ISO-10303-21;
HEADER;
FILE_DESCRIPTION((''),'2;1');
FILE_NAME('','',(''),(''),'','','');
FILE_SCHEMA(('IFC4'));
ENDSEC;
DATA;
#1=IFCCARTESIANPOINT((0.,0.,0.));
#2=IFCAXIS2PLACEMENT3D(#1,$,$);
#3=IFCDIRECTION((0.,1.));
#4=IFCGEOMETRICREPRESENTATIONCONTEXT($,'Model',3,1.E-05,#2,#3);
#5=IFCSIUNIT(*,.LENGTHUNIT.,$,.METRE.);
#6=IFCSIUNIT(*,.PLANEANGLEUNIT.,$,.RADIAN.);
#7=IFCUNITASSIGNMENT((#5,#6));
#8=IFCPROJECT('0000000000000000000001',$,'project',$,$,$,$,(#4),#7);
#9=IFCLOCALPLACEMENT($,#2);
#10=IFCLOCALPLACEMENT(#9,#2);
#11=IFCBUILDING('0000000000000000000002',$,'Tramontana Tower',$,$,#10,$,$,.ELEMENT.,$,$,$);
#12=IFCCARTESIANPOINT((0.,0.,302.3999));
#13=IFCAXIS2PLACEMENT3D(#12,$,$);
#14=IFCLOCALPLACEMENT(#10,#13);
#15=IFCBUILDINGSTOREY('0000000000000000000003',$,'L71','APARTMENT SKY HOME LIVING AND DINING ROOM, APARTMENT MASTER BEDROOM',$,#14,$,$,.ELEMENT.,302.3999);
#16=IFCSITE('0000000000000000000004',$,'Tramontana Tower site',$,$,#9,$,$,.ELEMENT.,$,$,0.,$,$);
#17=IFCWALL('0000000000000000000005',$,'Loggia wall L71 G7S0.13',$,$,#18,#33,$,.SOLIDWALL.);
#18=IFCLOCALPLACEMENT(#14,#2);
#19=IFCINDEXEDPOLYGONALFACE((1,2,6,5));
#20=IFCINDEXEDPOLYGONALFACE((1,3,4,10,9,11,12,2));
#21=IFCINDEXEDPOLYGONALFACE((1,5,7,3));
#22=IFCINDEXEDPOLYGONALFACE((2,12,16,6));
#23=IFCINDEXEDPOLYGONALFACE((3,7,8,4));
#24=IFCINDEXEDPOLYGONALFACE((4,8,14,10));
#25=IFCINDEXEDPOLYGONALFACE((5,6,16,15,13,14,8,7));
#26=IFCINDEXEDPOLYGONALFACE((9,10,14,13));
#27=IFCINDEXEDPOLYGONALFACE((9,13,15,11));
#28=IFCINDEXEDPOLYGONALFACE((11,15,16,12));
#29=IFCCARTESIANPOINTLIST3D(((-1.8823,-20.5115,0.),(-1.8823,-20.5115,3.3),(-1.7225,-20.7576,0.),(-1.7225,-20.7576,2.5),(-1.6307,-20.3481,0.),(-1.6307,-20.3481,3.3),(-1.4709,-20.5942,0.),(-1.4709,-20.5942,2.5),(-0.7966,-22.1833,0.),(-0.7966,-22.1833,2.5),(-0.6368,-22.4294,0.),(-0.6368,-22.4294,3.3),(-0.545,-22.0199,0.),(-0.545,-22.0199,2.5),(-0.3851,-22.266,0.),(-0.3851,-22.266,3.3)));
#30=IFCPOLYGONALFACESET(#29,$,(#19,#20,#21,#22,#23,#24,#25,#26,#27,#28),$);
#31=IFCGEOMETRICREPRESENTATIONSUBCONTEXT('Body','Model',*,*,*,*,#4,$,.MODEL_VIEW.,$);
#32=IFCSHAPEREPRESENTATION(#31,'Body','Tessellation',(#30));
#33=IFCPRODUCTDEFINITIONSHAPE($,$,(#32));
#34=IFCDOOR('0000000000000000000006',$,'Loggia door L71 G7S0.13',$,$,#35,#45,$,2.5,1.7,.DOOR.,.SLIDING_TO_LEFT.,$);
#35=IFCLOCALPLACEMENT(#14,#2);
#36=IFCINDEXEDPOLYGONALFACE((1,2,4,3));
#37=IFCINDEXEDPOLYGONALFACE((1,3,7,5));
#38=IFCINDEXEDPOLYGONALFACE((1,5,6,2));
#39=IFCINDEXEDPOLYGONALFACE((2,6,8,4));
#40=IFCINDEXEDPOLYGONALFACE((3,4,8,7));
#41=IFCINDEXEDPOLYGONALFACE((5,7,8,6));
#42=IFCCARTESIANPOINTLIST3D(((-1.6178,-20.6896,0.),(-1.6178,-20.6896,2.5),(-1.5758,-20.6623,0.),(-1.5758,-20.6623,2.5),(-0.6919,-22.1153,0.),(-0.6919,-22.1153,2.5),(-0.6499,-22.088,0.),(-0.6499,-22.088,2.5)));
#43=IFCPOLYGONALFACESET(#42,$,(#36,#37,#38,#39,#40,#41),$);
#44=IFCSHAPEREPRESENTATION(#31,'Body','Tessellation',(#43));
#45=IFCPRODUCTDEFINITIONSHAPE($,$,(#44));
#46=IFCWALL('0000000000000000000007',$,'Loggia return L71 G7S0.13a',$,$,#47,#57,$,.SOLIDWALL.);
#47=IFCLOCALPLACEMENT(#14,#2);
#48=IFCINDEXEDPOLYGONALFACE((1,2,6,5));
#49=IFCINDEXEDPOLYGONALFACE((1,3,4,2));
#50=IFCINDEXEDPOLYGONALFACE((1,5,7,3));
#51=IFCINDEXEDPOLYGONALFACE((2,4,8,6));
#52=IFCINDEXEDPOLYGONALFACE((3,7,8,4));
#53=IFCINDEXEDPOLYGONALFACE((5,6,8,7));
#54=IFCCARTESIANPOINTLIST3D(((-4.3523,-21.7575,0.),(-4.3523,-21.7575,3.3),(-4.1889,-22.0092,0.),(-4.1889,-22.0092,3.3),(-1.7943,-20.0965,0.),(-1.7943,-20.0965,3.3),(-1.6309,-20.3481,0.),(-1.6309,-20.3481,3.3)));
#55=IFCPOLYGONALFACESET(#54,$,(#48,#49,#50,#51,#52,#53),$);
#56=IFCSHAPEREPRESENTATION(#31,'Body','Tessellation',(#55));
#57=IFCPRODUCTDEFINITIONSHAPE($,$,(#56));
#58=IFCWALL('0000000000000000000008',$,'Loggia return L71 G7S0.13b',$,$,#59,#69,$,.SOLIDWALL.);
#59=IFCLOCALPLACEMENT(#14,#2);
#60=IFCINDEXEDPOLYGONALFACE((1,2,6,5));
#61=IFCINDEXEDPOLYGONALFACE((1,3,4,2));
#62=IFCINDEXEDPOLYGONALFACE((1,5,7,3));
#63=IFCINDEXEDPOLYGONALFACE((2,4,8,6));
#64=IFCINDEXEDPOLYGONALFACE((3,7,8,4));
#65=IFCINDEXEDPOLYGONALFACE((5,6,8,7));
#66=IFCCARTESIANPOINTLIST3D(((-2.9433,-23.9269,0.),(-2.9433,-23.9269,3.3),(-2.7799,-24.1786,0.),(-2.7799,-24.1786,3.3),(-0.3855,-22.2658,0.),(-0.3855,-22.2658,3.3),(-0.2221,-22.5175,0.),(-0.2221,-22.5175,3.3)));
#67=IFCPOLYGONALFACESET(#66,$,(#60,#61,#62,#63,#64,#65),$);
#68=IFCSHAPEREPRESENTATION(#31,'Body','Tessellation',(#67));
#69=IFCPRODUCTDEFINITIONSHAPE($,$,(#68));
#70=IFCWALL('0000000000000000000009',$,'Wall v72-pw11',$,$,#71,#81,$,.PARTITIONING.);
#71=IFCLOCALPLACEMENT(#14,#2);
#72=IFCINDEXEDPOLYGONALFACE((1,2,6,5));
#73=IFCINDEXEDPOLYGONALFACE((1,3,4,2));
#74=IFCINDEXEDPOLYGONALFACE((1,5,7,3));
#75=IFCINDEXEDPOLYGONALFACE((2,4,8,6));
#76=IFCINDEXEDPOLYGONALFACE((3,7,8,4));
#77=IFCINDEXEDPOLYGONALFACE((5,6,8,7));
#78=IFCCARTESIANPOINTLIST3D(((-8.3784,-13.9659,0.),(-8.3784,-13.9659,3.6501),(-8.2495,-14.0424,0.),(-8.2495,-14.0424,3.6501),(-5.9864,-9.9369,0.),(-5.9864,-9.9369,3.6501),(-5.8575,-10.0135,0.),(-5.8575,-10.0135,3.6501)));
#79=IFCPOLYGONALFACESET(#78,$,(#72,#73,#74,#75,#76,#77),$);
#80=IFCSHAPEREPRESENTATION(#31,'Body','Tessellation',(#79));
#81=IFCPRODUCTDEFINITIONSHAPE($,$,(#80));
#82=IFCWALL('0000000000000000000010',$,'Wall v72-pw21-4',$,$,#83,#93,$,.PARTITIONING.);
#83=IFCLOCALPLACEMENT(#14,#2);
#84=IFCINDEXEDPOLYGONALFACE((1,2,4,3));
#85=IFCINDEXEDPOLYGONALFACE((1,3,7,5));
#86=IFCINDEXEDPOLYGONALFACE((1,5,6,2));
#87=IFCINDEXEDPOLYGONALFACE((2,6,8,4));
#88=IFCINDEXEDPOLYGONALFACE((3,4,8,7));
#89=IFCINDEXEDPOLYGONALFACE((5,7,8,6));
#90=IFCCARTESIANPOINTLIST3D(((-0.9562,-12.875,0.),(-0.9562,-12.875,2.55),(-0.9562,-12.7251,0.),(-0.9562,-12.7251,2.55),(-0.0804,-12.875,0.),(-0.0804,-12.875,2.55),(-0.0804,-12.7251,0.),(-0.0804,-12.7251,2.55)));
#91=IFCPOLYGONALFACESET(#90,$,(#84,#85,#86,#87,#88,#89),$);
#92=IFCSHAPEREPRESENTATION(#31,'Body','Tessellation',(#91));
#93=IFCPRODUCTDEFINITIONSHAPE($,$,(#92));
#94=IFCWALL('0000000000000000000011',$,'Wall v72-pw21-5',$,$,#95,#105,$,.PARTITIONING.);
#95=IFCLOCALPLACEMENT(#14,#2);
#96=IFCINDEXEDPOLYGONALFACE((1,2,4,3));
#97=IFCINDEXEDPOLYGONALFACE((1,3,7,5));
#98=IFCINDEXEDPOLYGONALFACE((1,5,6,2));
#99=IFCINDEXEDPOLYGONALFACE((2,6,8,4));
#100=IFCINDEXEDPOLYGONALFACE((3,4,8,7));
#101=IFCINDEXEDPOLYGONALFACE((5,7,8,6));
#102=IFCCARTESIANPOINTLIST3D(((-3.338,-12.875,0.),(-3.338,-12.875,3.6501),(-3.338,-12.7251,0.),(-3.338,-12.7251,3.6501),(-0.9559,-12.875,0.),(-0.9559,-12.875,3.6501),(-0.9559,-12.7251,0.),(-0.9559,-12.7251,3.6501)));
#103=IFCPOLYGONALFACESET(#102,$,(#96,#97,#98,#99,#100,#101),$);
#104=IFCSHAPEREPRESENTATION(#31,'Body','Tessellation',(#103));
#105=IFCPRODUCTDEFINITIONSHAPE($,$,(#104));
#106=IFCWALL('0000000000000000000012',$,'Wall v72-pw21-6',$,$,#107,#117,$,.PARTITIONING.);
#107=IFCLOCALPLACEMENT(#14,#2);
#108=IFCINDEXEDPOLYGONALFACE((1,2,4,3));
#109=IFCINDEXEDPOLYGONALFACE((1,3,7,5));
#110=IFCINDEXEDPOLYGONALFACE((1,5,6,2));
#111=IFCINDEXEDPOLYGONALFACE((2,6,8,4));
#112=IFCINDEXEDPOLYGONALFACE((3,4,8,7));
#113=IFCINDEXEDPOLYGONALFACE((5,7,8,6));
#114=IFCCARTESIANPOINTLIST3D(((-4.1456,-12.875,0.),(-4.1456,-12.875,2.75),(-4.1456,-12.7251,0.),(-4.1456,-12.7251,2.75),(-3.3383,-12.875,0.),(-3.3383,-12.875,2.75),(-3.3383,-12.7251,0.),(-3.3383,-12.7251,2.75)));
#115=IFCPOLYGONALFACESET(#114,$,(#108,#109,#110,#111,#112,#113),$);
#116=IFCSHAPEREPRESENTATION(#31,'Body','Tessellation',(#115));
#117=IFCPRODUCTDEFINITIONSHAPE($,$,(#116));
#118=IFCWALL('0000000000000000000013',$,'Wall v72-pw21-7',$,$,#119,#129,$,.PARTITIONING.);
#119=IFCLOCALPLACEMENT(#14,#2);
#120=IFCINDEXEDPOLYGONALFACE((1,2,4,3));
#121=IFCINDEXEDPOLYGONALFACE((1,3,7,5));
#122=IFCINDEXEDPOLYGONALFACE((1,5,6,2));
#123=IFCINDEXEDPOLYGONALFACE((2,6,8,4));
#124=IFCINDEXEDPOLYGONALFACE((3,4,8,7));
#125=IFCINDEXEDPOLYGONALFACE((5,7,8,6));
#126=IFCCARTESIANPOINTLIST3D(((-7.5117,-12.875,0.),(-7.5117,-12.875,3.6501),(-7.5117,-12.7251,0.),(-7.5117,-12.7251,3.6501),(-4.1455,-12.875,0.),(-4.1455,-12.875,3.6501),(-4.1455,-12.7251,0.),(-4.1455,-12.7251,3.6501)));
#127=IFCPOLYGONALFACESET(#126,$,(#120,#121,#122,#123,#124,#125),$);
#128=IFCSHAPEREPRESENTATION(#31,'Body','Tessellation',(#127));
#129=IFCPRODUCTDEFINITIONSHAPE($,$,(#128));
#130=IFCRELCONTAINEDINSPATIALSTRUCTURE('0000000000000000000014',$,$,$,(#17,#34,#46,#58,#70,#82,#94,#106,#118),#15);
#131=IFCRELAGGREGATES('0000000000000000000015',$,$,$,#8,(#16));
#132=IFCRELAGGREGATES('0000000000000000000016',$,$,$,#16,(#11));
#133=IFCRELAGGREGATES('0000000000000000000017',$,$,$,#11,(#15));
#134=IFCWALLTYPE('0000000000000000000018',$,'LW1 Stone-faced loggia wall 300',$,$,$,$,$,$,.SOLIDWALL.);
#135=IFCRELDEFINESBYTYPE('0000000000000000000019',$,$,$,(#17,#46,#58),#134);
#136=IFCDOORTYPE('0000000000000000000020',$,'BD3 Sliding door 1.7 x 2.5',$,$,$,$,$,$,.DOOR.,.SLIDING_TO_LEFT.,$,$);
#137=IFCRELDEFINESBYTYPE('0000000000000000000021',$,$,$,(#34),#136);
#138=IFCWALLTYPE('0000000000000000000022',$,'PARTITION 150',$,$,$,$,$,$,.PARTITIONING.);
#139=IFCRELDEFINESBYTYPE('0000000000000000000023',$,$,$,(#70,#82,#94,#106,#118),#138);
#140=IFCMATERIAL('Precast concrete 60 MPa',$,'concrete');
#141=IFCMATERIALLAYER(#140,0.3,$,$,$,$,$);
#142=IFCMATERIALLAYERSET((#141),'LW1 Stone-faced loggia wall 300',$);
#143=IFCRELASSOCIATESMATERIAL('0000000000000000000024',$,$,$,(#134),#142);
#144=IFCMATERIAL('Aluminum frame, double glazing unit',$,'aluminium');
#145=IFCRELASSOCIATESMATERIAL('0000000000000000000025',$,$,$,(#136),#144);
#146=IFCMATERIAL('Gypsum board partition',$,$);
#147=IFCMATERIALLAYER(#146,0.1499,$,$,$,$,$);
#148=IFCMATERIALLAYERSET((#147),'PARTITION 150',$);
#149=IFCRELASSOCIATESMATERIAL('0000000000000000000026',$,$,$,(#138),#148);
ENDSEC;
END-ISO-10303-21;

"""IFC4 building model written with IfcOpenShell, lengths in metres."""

from ifc_helpers import new_model, si_unit, direction, frame, frame_2d, origin, place, context, subcontext, project, spatial, rectangle, extrude, material, layer, layer_set, type_object, element, fill, save


model = new_model("IFC4")

# Units and contexts
model_context = context("Model", 3, precision=1e-05, world=origin(), true_north=direction((0.0, 1.0)))
body_context = subcontext(model_context, "Body", "Model", "MODEL_VIEW")
ifc_project = project(units=[si_unit("LENGTHUNIT", "METRE"), si_unit("PLANEANGLEUNIT", "RADIAN")], contexts=[model_context])

# Site, building, storey
site_placement = place(None, origin())
site = spatial("IfcSite", under=ifc_project, at=site_placement, Name="Tramontana Tower site", CompositionType="ELEMENT", RefElevation=0.0)
building_placement = place(site_placement, origin())
building = spatial("IfcBuilding", under=site, at=building_placement, Name="Tramontana Tower", CompositionType="ELEMENT")
storey_placement = place(building_placement, frame((0.0, 0.0, 302.3999)))
storey = spatial("IfcBuildingStorey", under=building, at=storey_placement, Name="L71", Description="APARTMENT SKY HOME LIVING AND DINING ROOM, APARTMENT MASTER BEDROOM", CompositionType="ELEMENT", Elevation=302.3999)

# Wall, opening, door
ifc_material_1 = material(Name="Precast concrete 60 MPa", Category="concrete")
ifc_layer_1 = layer(ifc_material_1, 0.3)
ifc_layer_set_1 = layer_set([ifc_layer_1], Name="LW1 Stone-faced loggia wall 300")
wall_type_1 = type_object("IfcWallType", Name="LW1 Stone-faced loggia wall 300", PredefinedType="SOLIDWALL", material=ifc_layer_set_1)
wall_1_placement = place(storey_placement, frame((-1.7566, -20.4297, 0.0), z_axis=(0.0, 0.0, 1.0), x_axis=(0.544658, -0.838658, 0.0)))
wall_1 = element("IfcWall", 1, at=wall_1_placement, inside=storey, type_object=wall_type_1, Name="Loggia wall L71 G7S0.13", PredefinedType="SOLIDWALL", context=body_context, shape_type="SweptSolid", body=[
    extrude(rectangle(XDim=2.2869, YDim=0.3, at=frame_2d((1.1436, 0.0))), origin(), (0.0, 0.0, 1.0), 3.3),
])
opening_1_placement = place(wall_1_placement, frame((0.2935, 0.0, 0.0)))
opening_1 = element("IfcOpeningElement", 2, at=opening_1_placement, cuts=wall_1, PredefinedType="OPENING", context=body_context, shape_type="SweptSolid", body=[
    extrude(rectangle(XDim=1.7, YDim=2.5, at=frame_2d((0.8501, 1.25))), frame((0.0, 0.1599, 0.0), z_axis=(0.0, -1.0, 0.0), x_axis=(1.0, 0.0, 0.0)), (0.0, 0.0, 1.0), 0.3201),
])
ifc_material_2 = material(Name="Aluminum frame, double glazing unit", Category="aluminium")
door_type = type_object("IfcDoorType", Name="BD3 Sliding door 1.7 x 2.5", OperationType="SLIDING_TO_LEFT", PredefinedType="DOOR", material=ifc_material_2)
door_placement = place(opening_1_placement, origin())
door = element("IfcDoor", 3, at=door_placement, inside=storey, type_object=door_type, Name="Loggia door L71 G7S0.13", OperationType="SLIDING_TO_LEFT", OverallHeight=2.5, OverallWidth=1.7, PredefinedType="DOOR", context=body_context, shape_type="SweptSolid", body=[
    extrude(rectangle(XDim=1.7, YDim=2.5, at=frame_2d((0.8501, 1.25))), frame((0.0, 0.0249, 0.0), z_axis=(0.0, -1.0, 0.0), x_axis=(1.0, 0.0, 0.0)), (0.0, 0.0, 1.0), 0.05),
])
fill(opening_1, door)

# Walls
wall_2_placement = place(storey_placement, frame((-4.2705, -21.8833, 0.0), z_axis=(0.0, 0.0, 1.0), x_axis=(0.838689, 0.544611, 0.0)))
element("IfcWall", 4, at=wall_2_placement, inside=storey, type_object=wall_type_1, Name="Loggia return L71 G7S0.13a", PredefinedType="SOLIDWALL", context=body_context, shape_type="SweptSolid", body=[
    extrude(rectangle(XDim=3.05, YDim=0.3, at=frame_2d((1.5249, 0.0))), origin(), (0.0, 0.0, 1.0), 3.3),
])
wall_3_placement = place(storey_placement, frame((-2.8616, -24.0527, 0.0), z_axis=(0.0, 0.0, 1.0), x_axis=(0.838665, 0.544648, 0.0)))
element("IfcWall", 5, at=wall_3_placement, inside=storey, type_object=wall_type_1, Name="Loggia return L71 G7S0.13b", PredefinedType="SOLIDWALL", context=body_context, shape_type="SweptSolid", body=[
    extrude(rectangle(XDim=3.0498, YDim=0.3, at=frame_2d((1.5249, 0.0))), origin(), (0.0, 0.0, 1.0), 3.3),
])
ifc_material_3 = material(Name="Gypsum board partition")
ifc_layer_2 = layer(ifc_material_3, 0.1499)
ifc_layer_set_2 = layer_set([ifc_layer_2], Name="PARTITION 150")
wall_type_2 = type_object("IfcWallType", Name="PARTITION 150", PredefinedType="PARTITIONING", material=ifc_layer_set_2)
wall_4_placement = place(storey_placement, frame((-8.314, -14.0042, 0.0), z_axis=(0.0, 0.0, 1.0), x_axis=(0.510513, 0.85987, 0.0)))
element("IfcWall", 6, at=wall_4_placement, inside=storey, type_object=wall_type_2, Name="Wall v72-pw11", PredefinedType="PARTITIONING", context=body_context, shape_type="SweptSolid", body=[
    extrude(rectangle(XDim=4.6855, YDim=0.1499, at=frame_2d((2.3428, 0.0))), origin(), (0.0, 0.0, 1.0), 3.6501),
])
wall_5_placement = place(storey_placement, frame((-0.0803, -12.8, 0.0), z_axis=(0.0, 0.0, 1.0), x_axis=(-1.0, 0.0, 0.0)))
element("IfcWall", 7, at=wall_5_placement, inside=storey, type_object=wall_type_2, Name="Wall v72-pw21-4", PredefinedType="PARTITIONING", context=body_context, shape_type="SweptSolid", body=[
    extrude(rectangle(XDim=0.8757, YDim=0.1499, at=frame_2d((0.438, 0.0))), origin(), (0.0, 0.0, 1.0), 2.55),
])
wall_6_placement = place(storey_placement, frame((-0.9561, -12.8, 0.0), z_axis=(0.0, 0.0, 1.0), x_axis=(-1.0, 0.0, 0.0)))
element("IfcWall", 8, at=wall_6_placement, inside=storey, type_object=wall_type_2, Name="Wall v72-pw21-5", PredefinedType="PARTITIONING", context=body_context, shape_type="SweptSolid", body=[
    extrude(rectangle(XDim=2.3821, YDim=0.1499, at=frame_2d((1.1909, 0.0))), origin(), (0.0, 0.0, 1.0), 3.6501),
])
wall_7_placement = place(storey_placement, frame((-3.3381, -12.8, 0.0), z_axis=(0.0, 0.0, 1.0), x_axis=(-1.0, 0.0, 0.0)))
element("IfcWall", 9, at=wall_7_placement, inside=storey, type_object=wall_type_2, Name="Wall v72-pw21-6", PredefinedType="PARTITIONING", context=body_context, shape_type="SweptSolid", body=[
    extrude(rectangle(XDim=0.8074, YDim=0.1499, at=frame_2d((0.4038, 0.0))), origin(), (0.0, 0.0, 1.0), 2.75),
])
wall_8_placement = place(storey_placement, frame((-4.1455, -12.8, 0.0), z_axis=(0.0, 0.0, 1.0), x_axis=(-1.0, 0.0, 0.0)))
element("IfcWall", 10, at=wall_8_placement, inside=storey, type_object=wall_type_2, Name="Wall v72-pw21-7", PredefinedType="PARTITIONING", context=body_context, shape_type="SweptSolid", body=[
    extrude(rectangle(XDim=3.3662, YDim=0.1499, at=frame_2d((1.6831, 0.0))), origin(), (0.0, 0.0, 1.0), 3.6501),
])

save(model, "model.ifc")
